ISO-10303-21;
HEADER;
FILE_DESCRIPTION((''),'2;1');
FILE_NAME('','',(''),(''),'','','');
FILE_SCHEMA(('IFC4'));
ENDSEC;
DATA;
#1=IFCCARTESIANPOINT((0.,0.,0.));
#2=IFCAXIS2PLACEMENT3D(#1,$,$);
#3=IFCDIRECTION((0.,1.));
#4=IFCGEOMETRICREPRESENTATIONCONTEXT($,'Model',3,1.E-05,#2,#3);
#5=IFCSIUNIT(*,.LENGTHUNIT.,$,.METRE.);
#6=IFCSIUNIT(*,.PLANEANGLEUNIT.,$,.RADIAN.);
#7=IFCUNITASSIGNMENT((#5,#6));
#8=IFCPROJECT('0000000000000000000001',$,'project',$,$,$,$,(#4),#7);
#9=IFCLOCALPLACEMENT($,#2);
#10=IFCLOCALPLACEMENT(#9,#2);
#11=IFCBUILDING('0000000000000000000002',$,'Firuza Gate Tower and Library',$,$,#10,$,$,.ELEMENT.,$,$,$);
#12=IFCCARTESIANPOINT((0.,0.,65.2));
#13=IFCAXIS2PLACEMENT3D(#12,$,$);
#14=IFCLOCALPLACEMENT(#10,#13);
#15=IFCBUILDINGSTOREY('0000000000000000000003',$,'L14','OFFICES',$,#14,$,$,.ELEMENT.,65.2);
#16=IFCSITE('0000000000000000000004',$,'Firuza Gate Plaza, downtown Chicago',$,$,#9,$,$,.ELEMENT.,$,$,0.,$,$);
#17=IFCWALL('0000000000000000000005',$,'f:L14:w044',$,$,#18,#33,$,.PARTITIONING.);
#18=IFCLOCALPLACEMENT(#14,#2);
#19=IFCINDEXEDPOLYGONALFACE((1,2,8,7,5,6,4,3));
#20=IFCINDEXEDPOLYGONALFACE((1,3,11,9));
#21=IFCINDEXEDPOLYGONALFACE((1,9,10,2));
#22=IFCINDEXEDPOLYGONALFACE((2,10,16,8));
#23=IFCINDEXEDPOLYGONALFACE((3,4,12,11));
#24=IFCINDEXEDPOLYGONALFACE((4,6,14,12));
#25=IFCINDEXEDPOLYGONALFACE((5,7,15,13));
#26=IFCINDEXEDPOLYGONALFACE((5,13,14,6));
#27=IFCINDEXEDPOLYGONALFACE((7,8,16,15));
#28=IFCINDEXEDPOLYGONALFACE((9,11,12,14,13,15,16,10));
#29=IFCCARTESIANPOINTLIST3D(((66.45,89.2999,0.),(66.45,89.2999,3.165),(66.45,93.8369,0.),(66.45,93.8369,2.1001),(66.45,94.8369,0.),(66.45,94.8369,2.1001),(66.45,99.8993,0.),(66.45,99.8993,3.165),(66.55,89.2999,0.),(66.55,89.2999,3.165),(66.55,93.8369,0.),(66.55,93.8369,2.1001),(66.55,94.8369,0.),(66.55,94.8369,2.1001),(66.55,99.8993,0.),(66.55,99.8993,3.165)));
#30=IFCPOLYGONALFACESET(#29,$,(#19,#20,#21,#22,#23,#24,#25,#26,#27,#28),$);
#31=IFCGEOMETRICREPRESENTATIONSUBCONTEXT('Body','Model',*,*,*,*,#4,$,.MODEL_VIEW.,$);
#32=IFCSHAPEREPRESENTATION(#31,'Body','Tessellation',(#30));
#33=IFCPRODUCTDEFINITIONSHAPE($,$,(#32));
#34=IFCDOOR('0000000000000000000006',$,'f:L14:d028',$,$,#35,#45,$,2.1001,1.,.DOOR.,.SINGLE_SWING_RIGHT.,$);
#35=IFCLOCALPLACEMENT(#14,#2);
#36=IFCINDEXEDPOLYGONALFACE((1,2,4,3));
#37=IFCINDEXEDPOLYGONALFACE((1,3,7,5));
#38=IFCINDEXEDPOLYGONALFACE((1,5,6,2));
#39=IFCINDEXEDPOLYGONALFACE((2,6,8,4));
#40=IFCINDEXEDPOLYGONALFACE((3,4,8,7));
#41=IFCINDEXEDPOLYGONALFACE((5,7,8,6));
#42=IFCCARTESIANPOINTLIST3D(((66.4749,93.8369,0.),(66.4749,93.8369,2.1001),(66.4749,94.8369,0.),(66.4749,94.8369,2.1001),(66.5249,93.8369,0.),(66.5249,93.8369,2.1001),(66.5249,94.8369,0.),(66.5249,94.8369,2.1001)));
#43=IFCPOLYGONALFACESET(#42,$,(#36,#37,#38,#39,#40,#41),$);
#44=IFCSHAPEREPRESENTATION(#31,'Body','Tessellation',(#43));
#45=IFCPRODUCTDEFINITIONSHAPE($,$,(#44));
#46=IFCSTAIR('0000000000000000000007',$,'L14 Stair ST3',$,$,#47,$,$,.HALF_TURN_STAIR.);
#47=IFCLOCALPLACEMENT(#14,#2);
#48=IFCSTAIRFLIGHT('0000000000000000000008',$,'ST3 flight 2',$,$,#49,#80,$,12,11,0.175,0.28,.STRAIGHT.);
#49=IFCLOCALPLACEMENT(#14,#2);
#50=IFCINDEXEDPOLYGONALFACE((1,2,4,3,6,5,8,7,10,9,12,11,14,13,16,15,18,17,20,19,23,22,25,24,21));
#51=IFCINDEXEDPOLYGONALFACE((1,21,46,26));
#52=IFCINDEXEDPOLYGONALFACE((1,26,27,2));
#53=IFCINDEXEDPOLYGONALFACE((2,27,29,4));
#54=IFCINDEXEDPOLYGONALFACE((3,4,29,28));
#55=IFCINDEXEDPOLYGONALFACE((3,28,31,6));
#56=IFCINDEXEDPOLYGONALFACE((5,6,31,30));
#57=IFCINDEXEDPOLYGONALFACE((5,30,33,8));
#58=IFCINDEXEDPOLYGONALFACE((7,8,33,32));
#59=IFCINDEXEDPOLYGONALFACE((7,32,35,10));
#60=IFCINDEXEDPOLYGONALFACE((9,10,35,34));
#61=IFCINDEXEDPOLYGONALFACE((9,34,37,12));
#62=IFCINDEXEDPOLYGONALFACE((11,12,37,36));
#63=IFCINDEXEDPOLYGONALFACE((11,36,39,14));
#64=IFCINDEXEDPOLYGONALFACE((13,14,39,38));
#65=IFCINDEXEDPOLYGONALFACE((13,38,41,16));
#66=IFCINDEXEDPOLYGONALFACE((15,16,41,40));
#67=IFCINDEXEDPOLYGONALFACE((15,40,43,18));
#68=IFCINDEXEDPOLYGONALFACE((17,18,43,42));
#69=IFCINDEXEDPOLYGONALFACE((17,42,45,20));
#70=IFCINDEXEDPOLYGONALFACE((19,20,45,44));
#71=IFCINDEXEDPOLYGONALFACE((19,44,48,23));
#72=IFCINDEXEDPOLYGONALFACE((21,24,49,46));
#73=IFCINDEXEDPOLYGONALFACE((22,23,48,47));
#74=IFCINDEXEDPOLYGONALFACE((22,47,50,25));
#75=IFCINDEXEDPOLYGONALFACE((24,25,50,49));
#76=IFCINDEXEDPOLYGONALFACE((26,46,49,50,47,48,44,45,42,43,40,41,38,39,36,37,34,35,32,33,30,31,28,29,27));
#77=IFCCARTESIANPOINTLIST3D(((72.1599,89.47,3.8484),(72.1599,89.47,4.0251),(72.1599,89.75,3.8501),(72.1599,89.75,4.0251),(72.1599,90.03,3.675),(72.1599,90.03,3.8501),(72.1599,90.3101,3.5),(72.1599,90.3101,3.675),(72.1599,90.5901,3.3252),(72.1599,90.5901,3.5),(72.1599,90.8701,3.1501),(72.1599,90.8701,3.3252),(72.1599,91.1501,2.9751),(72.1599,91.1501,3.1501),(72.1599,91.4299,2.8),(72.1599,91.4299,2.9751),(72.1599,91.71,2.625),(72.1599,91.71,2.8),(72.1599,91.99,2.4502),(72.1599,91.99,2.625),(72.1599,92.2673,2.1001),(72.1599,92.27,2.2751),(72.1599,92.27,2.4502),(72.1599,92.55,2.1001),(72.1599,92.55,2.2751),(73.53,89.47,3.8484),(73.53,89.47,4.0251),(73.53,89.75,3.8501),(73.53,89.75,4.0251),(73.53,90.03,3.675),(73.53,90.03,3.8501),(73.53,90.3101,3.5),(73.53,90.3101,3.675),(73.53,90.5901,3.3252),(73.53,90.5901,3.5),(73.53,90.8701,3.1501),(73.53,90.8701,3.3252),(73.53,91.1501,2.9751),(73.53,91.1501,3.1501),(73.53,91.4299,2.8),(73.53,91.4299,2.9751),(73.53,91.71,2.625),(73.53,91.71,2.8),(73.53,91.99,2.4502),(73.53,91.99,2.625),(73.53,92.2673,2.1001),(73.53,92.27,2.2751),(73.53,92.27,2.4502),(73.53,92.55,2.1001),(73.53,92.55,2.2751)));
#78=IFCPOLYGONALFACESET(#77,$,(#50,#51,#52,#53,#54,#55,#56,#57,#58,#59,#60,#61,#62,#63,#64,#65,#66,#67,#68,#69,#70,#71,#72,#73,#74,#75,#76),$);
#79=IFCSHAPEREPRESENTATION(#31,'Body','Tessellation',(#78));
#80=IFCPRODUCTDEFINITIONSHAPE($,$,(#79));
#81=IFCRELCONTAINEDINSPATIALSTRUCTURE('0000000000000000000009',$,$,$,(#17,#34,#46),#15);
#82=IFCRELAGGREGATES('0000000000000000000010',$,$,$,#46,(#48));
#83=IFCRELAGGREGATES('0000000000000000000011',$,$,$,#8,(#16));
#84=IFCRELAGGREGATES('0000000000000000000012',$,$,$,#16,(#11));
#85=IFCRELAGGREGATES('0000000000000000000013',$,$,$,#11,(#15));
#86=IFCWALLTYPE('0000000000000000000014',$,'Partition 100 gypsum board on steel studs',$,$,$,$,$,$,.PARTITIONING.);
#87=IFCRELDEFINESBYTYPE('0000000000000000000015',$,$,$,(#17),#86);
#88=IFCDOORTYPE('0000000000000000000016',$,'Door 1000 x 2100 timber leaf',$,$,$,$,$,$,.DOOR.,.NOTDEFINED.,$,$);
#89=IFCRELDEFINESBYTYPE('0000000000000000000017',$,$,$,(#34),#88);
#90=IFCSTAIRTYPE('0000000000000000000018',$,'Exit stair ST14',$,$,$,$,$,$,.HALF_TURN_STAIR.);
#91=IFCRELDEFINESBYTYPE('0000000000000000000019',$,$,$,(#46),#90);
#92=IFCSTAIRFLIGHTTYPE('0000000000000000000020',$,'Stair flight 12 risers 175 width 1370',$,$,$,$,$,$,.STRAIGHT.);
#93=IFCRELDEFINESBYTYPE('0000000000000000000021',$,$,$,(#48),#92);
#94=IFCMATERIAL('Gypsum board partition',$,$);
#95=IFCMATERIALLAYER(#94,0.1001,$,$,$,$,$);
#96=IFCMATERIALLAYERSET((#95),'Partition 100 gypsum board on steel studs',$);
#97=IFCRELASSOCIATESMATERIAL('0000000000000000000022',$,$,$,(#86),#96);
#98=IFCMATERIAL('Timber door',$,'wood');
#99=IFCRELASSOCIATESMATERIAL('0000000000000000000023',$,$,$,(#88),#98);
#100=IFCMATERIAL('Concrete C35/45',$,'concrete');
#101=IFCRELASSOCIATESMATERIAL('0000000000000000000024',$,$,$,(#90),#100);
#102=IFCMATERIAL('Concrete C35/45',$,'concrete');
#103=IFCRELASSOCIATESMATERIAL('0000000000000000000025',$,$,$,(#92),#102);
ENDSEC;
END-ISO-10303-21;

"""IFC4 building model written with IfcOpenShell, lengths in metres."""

from ifc_helpers import new_model, si_unit, direction, frame, frame_2d, origin, place, context, subcontext, project, spatial, polyline, rectangle, outline, extrude, material, layer, layer_set, type_object, element, fill, aggregate, save


model = new_model("IFC4")

# Units and contexts
model_context = context("Model", 3, precision=1e-05, world=origin(), true_north=direction((0.0, 1.0)))
body_context = subcontext(model_context, "Body", "Model", "MODEL_VIEW")
ifc_project = project(units=[si_unit("LENGTHUNIT", "METRE"), si_unit("PLANEANGLEUNIT", "RADIAN")], contexts=[model_context])

# Site, building, storey
site_placement = place(None, origin())
site = spatial("IfcSite", under=ifc_project, at=site_placement, Name="Firuza Gate Plaza, downtown Chicago", CompositionType="ELEMENT", RefElevation=0.0)
building_placement = place(site_placement, origin())
building = spatial("IfcBuilding", under=site, at=building_placement, Name="Firuza Gate Tower and Library", CompositionType="ELEMENT")
storey_placement = place(building_placement, frame((0.0, 0.0, 65.2)))
storey = spatial("IfcBuildingStorey", under=building, at=storey_placement, Name="L14", Description="OFFICES", CompositionType="ELEMENT", Elevation=65.2)

# Shared definitions
placement = place(storey_placement, origin())

# Shared definitions
ifc_material_1 = material(Name="Gypsum board partition")
ifc_layer_1 = layer(ifc_material_1, 0.1001)
ifc_layer_set_1 = layer_set([ifc_layer_1], Name="Partition 100 gypsum board on steel studs")
wall_type_1 = type_object("IfcWallType", Name="Partition 100 gypsum board on steel studs", PredefinedType="PARTITIONING", material=ifc_layer_set_1)

# Wall, opening, door
wall_1_placement = place(storey_placement, frame((66.5, 99.8994, 0.0), z_axis=(0.0, 0.0, 1.0), x_axis=(0.0, -1.0, 0.0)))
wall_1 = element("IfcWall", 1, at=wall_1_placement, inside=storey, type_object=wall_type_1, Name="f:L14:w044", PredefinedType="PARTITIONING", context=body_context, shape_type="SweptSolid", body=[
    extrude(rectangle(XDim=10.5994, YDim=0.1001, at=frame_2d((5.2998, 0.0))), origin(), (0.0, 0.0, 1.0), 3.165),
])
opening_1_placement = place(wall_1_placement, frame((5.0625, 0.0, 0.0)))
opening_1 = element("IfcOpeningElement", 2, at=opening_1_placement, cuts=wall_1, PredefinedType="OPENING", context=body_context, shape_type="SweptSolid", body=[
    extrude(rectangle(XDim=1.0, YDim=2.1001, at=frame_2d((0.5, 1.05))), frame((0.0, 0.0601, 0.0), z_axis=(0.0, -1.0, 0.0), x_axis=(1.0, 0.0, 0.0)), (0.0, 0.0, 1.0), 0.1201),
])
ifc_material_2 = material(Name="Timber door", Category="wood")
door_type_1 = type_object("IfcDoorType", Name="Door 1000 x 2100 timber leaf", OperationType="NOTDEFINED", PredefinedType="DOOR", material=ifc_material_2)
door_1_placement = place(opening_1_placement, origin())
door_1 = element("IfcDoor", 3, at=door_1_placement, inside=storey, type_object=door_type_1, Name="f:L14:d028", OperationType="SINGLE_SWING_RIGHT", OverallHeight=2.1001, OverallWidth=1.0, PredefinedType="DOOR", context=body_context, shape_type="SweptSolid", body=[
    extrude(rectangle(XDim=1.0, YDim=2.1001, at=frame_2d((0.5, 1.05))), frame((0.0, 0.0249, 0.0), z_axis=(0.0, -1.0, 0.0), x_axis=(1.0, 0.0, 0.0)), (0.0, 0.0, 1.0), 0.05),
])
fill(opening_1, door_1)

# Stair, stair flight
ifc_material_3 = material(Name="Concrete C35/45", Category="concrete")
stair_type = type_object("IfcStairType", Name="Exit stair ST14", PredefinedType="HALF_TURN_STAIR", material=ifc_material_3)
stair = element("IfcStair", 4, at=placement, inside=storey, type_object=stair_type, Name="L14 Stair ST3", PredefinedType="HALF_TURN_STAIR")
ifc_material_4 = material(Name="Concrete C35/45", Category="concrete")
stair_flight_type = type_object("IfcStairFlightType", Name="Stair flight 12 risers 175 width 1370", PredefinedType="STRAIGHT", material=ifc_material_4)
stair_flight_placement = place(storey_placement, frame((72.845, 92.55, 2.1001), z_axis=(0.0, 0.0, 1.0), x_axis=(0.0, -1.0, 0.0)))
stair_flight = element("IfcStairFlight", 5, at=stair_flight_placement, type_object=stair_flight_type, Name="ST3 flight 2", NumberOfRisers=12, NumberOfTreads=11, PredefinedType="STRAIGHT", RiserHeight=0.175, TreadLength=0.28, context=body_context, shape_type="SweptSolid", body=[
    extrude(outline(polyline([(0.0, 0.0), (0.0, 0.175), (0.28, 0.175), (0.28, 0.3501), (0.5601, 0.3501), (0.5601, 0.5249), (0.8401, 0.5249), (0.8401, 0.7), (1.1201, 0.7), (1.1201, 0.875), (1.3999, 0.875), (1.3999, 1.05), (1.6799, 1.05), (1.6799, 1.2251), (1.96, 1.2251), (1.96, 1.3999), (2.24, 1.3999), (2.24, 1.575), (2.52, 1.575), (2.52, 1.75), (2.8, 1.75), (2.8, 1.925), (3.0801, 1.925), (3.0801, 2.1001), (3.0801, 1.7483), (0.2827, 0.0), (0.0, 0.0)])), frame((0.0, 0.6851, 0.0), z_axis=(0.0, -1.0, 0.0), x_axis=(1.0, 0.0, 0.0)), (0.0, 0.0, 1.0), 1.3701),
])
aggregate(stair, [stair_flight])

save(model, "model.ifc")
